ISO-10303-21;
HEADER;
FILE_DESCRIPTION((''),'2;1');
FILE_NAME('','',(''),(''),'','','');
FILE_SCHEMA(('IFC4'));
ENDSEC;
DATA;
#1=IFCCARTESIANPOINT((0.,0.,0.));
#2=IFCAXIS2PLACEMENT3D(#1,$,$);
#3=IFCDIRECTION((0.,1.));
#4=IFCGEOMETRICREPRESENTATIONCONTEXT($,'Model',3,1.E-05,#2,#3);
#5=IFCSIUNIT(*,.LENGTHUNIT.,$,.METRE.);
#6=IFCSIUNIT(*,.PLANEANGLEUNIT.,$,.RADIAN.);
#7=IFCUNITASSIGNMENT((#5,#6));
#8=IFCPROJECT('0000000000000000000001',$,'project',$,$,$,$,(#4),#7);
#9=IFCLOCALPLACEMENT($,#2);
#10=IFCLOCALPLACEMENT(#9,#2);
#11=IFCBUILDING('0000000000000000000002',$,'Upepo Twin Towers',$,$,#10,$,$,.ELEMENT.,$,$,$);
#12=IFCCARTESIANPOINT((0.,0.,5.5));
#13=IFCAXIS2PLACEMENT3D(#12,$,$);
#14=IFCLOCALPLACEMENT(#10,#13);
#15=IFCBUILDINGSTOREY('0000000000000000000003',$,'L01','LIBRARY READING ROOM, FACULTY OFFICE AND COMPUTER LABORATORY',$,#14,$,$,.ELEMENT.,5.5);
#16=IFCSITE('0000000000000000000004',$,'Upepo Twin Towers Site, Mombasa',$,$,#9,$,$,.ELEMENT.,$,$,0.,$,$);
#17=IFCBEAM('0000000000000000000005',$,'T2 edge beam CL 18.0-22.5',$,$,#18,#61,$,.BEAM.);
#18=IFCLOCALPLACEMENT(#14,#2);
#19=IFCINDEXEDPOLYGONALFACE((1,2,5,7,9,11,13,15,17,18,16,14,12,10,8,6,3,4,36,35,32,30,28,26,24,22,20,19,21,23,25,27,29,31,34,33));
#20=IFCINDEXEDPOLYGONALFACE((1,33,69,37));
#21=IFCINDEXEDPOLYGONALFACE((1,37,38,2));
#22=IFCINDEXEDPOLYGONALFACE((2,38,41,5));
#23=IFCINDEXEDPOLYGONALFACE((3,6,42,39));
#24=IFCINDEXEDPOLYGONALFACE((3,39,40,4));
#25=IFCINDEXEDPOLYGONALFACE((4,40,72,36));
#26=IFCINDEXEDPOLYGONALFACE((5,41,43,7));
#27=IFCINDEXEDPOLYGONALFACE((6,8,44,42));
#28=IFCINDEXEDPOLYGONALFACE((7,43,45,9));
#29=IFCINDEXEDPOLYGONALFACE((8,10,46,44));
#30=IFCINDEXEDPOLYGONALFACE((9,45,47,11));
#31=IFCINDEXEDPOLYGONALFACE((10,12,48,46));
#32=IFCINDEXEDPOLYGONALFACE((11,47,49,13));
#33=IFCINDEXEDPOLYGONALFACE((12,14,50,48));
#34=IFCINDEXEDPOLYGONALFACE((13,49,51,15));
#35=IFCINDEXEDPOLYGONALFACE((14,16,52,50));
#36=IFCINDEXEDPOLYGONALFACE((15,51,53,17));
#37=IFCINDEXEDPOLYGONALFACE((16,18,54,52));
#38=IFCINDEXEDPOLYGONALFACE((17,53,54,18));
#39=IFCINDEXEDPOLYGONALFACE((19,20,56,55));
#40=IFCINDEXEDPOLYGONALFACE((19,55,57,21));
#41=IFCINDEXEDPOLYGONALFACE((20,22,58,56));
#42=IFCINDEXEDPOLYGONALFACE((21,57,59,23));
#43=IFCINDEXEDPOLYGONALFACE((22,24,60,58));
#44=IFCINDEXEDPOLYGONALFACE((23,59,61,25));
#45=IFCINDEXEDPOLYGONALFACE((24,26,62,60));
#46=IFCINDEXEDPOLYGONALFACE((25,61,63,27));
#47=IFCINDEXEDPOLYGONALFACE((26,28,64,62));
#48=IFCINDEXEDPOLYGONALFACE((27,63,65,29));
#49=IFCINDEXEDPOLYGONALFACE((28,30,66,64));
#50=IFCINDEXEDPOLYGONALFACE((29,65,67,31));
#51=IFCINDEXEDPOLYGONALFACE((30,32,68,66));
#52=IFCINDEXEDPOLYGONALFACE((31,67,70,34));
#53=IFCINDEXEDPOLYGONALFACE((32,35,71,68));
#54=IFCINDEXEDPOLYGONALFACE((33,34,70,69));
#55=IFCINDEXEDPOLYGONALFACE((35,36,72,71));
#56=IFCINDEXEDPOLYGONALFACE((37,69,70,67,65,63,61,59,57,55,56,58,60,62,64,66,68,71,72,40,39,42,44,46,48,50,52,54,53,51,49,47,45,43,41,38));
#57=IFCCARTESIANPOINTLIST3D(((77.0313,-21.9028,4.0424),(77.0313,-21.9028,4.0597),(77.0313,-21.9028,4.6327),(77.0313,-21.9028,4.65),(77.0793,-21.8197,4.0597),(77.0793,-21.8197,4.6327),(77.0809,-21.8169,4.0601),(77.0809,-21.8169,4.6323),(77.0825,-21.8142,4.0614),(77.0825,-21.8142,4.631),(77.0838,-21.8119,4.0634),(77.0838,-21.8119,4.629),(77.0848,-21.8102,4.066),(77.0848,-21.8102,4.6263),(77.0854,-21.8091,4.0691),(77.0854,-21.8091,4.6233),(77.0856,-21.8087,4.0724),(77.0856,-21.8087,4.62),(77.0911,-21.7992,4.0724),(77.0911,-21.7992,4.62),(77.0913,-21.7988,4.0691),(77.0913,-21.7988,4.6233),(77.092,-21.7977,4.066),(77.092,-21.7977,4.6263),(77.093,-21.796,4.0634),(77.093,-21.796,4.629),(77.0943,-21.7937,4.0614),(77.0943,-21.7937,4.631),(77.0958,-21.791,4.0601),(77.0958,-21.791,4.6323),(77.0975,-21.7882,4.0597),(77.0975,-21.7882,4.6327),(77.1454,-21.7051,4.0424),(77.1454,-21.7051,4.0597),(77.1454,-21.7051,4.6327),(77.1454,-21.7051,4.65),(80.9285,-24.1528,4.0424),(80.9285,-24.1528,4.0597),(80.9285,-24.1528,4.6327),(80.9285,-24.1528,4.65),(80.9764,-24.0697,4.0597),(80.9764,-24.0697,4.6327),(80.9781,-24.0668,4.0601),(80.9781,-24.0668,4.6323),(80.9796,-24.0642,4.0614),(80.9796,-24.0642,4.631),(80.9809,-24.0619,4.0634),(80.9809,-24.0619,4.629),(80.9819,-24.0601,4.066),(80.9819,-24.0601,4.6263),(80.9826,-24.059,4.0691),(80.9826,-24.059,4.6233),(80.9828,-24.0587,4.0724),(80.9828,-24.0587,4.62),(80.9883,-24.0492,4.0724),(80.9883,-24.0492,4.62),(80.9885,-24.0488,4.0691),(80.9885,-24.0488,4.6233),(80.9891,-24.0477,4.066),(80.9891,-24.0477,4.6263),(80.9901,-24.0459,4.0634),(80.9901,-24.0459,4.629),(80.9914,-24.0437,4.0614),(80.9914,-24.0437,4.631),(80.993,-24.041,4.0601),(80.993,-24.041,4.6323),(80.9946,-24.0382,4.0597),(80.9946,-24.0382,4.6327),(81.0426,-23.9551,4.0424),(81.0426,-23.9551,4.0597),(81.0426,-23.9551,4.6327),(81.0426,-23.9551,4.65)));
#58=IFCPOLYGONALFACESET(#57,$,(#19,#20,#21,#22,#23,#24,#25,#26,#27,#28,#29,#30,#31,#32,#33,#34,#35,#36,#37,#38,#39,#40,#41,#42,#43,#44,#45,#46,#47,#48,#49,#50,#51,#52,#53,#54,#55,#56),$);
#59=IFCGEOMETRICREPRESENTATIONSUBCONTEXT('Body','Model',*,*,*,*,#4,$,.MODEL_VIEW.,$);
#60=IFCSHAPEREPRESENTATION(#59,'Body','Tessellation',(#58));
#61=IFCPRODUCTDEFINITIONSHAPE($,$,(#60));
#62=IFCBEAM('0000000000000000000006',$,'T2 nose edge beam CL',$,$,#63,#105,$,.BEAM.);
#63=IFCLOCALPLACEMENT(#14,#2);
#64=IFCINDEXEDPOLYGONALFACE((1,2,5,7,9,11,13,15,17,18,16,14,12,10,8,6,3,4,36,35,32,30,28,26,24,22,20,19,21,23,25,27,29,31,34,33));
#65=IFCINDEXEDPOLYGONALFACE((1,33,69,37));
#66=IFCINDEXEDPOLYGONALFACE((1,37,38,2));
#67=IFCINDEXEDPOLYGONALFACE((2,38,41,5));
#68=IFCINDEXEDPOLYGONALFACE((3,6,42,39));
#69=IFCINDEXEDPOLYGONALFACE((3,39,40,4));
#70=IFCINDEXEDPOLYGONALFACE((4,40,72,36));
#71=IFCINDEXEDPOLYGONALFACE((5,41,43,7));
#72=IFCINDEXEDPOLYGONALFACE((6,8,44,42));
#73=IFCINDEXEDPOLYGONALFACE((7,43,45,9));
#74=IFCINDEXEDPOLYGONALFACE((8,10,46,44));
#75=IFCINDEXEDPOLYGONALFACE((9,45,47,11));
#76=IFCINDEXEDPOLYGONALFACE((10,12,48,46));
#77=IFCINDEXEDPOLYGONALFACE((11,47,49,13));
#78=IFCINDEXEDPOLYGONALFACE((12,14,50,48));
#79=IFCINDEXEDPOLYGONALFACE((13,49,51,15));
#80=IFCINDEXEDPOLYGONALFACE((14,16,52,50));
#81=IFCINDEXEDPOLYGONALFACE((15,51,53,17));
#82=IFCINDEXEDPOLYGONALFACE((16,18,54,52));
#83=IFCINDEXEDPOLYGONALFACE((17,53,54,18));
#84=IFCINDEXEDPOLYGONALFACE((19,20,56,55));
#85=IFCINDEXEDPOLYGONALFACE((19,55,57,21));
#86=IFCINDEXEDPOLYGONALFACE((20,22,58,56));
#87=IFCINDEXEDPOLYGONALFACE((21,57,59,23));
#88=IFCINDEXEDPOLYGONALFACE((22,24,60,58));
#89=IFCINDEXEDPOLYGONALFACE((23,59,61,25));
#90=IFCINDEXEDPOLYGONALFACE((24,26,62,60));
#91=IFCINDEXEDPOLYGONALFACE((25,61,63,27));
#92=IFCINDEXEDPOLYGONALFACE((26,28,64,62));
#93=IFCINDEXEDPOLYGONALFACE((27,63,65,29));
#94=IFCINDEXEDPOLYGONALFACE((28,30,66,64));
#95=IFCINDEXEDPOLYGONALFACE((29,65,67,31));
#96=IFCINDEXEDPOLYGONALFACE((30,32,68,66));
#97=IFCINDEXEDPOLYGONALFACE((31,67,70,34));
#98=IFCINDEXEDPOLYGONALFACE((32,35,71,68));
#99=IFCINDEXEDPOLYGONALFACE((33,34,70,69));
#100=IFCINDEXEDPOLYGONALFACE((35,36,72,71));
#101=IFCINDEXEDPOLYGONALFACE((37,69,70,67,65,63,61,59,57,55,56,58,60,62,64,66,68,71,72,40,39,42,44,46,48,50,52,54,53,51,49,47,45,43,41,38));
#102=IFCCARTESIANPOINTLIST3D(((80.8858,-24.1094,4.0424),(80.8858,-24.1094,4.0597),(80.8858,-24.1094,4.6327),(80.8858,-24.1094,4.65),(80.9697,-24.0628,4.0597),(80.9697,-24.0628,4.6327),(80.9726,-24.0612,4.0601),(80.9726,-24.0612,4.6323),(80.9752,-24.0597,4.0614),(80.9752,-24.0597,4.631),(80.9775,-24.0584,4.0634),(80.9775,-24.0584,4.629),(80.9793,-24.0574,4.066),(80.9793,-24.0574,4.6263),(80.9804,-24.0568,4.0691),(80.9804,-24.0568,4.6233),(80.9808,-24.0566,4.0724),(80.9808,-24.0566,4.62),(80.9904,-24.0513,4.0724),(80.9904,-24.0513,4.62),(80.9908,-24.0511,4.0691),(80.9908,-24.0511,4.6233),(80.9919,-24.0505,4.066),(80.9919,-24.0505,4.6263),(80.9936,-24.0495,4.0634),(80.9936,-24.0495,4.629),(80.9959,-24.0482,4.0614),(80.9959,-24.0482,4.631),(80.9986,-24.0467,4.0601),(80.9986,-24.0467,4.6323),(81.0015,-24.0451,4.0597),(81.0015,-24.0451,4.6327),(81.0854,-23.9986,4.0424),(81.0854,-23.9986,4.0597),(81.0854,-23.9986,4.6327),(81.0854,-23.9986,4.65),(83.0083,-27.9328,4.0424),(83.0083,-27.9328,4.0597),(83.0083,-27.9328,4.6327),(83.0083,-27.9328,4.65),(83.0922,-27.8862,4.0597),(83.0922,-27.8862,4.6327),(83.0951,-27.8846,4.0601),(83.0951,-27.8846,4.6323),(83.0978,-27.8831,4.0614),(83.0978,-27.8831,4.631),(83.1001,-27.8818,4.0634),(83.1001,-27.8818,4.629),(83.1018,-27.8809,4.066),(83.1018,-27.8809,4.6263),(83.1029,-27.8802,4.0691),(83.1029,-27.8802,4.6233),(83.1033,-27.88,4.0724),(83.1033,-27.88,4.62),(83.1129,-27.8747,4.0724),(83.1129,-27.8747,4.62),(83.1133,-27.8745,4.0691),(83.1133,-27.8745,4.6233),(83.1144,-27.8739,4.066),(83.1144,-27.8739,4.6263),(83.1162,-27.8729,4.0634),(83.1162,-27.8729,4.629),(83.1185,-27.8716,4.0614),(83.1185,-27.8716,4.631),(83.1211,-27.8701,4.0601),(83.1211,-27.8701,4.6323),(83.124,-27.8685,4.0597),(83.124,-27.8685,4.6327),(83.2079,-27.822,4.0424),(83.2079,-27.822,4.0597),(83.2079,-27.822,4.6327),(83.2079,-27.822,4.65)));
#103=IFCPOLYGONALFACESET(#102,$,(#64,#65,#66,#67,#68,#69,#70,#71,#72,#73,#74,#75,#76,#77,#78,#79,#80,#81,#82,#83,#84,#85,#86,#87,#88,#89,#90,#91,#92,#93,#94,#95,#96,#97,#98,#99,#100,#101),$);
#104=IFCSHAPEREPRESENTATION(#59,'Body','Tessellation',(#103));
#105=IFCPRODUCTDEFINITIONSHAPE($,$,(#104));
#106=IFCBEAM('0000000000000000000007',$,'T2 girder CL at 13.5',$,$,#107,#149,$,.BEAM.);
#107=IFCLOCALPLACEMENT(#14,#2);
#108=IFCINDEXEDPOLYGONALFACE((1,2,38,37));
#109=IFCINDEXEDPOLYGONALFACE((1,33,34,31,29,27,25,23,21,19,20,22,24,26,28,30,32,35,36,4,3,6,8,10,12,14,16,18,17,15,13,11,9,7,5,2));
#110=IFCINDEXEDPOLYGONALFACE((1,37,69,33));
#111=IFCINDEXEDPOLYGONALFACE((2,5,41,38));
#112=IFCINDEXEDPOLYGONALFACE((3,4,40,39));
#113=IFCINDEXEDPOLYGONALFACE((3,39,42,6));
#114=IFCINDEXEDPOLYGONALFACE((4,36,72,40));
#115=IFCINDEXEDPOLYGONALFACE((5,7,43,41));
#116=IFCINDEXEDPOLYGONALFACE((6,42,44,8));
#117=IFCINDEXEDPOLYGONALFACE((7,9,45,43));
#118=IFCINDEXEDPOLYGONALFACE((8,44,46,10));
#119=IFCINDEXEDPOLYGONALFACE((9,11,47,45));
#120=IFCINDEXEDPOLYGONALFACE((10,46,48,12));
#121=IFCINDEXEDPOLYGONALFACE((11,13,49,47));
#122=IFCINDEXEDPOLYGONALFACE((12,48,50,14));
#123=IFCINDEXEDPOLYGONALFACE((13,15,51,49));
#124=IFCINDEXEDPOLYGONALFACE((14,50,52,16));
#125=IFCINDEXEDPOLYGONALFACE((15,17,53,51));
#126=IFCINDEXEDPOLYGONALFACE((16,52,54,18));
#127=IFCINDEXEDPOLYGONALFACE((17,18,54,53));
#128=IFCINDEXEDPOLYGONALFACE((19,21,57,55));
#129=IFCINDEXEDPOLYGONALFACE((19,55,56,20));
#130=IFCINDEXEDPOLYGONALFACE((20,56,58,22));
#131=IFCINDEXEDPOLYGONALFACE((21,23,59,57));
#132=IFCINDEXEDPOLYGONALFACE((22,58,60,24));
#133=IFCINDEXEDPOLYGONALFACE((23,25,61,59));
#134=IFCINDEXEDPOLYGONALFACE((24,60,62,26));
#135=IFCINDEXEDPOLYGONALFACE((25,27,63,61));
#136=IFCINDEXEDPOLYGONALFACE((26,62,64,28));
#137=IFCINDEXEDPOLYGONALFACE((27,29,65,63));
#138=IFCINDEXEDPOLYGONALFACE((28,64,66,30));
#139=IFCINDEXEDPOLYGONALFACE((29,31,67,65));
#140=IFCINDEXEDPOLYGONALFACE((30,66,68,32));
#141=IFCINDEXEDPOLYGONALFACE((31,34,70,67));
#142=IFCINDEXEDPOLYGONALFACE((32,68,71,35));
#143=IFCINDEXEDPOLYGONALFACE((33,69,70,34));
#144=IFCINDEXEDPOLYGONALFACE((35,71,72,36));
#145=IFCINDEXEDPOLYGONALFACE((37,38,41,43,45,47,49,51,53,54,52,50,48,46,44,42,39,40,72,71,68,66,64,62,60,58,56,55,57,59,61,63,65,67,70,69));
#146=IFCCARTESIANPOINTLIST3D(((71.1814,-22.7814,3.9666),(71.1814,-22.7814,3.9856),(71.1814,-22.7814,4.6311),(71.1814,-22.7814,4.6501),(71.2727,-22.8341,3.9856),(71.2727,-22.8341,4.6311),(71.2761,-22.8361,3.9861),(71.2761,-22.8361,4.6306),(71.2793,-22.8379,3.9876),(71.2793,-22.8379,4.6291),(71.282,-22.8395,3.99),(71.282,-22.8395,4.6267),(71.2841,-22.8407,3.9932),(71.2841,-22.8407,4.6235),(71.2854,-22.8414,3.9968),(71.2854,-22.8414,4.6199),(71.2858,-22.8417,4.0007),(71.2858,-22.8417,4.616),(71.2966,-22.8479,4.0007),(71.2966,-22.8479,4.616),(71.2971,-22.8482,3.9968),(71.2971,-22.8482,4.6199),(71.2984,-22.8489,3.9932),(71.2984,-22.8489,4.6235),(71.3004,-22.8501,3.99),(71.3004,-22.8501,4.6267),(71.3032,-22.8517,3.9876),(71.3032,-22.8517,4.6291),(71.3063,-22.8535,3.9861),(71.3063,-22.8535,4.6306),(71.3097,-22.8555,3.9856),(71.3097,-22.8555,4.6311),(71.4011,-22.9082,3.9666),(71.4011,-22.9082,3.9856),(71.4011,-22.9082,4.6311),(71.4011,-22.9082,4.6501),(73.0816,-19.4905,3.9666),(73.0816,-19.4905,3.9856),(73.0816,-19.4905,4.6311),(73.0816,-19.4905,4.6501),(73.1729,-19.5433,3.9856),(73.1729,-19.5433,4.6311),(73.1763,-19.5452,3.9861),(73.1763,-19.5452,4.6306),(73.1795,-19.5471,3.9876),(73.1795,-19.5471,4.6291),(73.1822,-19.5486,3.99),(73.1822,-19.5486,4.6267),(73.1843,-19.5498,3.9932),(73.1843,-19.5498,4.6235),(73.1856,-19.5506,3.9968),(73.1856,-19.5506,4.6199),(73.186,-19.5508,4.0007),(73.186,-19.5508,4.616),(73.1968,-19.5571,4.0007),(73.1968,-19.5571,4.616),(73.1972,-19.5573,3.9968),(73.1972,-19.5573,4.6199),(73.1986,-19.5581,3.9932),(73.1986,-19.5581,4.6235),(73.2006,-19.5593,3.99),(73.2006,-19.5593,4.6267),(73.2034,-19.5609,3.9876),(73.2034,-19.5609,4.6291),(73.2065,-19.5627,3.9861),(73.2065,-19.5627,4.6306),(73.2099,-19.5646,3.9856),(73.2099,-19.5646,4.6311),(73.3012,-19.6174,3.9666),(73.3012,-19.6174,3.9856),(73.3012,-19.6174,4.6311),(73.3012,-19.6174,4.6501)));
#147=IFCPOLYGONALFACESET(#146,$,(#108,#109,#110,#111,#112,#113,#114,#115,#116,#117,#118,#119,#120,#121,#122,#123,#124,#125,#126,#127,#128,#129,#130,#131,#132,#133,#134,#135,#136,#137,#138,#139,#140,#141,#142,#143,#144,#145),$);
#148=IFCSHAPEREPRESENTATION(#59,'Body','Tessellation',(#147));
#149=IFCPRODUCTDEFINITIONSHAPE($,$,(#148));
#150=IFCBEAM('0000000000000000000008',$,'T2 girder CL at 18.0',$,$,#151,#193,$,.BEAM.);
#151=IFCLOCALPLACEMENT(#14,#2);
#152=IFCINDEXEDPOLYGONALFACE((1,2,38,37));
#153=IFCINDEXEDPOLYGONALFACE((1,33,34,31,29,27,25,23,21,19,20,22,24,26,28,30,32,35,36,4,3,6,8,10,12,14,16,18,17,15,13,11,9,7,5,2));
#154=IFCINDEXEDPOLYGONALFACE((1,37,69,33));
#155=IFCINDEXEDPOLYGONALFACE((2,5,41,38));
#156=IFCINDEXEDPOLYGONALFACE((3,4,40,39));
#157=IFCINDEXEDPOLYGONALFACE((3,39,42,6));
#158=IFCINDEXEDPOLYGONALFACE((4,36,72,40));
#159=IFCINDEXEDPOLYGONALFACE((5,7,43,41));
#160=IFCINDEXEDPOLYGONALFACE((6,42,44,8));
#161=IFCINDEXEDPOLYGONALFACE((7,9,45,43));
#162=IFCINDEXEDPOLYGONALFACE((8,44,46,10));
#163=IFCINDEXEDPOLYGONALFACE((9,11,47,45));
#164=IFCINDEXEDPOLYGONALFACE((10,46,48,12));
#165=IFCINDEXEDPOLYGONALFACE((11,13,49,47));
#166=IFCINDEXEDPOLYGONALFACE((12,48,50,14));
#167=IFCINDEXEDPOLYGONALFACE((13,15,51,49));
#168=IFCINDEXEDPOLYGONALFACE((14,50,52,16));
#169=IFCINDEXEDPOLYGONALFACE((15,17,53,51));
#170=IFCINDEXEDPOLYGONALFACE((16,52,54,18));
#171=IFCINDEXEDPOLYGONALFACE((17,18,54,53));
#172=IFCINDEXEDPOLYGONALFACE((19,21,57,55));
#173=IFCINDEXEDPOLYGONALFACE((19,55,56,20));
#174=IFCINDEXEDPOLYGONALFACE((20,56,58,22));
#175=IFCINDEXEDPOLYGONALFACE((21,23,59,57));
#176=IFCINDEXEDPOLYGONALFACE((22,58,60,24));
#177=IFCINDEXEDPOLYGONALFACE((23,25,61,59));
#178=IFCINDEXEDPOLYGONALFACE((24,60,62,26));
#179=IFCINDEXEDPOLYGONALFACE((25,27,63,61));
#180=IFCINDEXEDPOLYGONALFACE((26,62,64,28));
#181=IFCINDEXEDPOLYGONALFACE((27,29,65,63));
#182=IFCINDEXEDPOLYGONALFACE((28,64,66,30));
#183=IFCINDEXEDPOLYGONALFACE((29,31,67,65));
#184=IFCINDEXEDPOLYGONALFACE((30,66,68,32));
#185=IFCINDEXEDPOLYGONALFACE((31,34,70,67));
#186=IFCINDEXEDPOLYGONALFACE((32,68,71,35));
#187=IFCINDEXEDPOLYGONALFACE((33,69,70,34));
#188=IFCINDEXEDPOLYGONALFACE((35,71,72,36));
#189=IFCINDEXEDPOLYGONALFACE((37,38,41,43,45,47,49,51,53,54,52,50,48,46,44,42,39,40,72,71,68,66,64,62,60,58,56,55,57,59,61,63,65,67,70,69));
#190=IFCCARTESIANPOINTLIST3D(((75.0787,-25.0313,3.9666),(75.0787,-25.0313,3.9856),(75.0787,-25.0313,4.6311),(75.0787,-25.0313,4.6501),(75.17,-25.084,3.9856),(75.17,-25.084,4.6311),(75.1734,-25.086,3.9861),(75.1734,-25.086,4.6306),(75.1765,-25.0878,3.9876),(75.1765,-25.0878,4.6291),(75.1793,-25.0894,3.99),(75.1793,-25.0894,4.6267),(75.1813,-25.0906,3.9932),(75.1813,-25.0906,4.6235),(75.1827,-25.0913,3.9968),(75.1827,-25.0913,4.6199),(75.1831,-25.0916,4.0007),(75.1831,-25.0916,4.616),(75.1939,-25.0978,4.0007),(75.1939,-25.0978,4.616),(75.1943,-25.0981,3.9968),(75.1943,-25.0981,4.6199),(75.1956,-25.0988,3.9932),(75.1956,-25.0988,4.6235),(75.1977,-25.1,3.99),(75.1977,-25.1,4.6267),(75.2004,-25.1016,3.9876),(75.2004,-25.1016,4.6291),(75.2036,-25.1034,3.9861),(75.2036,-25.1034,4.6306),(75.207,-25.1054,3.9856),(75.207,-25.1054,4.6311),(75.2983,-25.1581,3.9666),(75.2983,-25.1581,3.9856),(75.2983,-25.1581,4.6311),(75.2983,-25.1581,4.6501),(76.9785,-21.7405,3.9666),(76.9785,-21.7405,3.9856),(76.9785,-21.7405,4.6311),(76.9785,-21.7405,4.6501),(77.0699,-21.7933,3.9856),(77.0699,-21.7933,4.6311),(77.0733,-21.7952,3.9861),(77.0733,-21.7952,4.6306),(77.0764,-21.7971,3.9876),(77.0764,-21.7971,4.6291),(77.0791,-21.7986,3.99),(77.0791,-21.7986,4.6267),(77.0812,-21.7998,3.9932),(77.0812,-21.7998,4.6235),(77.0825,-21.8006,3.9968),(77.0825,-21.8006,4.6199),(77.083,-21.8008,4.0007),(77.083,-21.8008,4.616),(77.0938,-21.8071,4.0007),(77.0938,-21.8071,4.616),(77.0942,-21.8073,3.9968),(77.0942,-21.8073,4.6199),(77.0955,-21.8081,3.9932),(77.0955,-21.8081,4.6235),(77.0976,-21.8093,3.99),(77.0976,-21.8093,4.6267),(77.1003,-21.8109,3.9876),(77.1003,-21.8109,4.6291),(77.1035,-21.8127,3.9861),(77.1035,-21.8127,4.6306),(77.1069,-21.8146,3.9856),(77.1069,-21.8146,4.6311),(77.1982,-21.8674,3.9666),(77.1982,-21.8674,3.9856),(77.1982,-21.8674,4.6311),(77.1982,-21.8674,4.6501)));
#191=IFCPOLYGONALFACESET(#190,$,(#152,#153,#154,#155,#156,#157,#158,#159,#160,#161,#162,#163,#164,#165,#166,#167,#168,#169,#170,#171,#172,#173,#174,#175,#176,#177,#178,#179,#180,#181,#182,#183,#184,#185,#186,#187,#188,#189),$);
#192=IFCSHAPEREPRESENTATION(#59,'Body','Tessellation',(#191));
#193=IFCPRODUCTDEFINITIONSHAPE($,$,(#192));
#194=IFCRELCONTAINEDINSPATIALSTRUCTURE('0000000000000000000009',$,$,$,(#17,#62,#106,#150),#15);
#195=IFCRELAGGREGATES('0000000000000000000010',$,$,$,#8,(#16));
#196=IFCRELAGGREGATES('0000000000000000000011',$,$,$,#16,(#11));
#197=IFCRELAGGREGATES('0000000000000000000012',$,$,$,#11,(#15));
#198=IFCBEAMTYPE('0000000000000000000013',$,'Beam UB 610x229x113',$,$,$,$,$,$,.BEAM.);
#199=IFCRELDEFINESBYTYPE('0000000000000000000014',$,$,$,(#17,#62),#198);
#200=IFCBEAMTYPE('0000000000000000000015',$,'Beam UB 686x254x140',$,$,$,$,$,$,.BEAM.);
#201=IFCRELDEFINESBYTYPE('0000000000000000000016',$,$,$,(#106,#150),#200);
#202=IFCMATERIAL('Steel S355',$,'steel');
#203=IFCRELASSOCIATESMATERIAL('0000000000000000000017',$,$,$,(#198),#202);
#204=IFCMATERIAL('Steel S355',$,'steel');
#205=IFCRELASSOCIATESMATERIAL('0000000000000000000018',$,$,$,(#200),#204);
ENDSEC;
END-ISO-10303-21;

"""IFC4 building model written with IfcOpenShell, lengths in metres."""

from ifc_helpers import new_model, si_unit, direction, frame, origin, origin_2d, place, context, subcontext, project, spatial, i_section, extrude, material, material_profile, profile_set, type_object, element, save


model = new_model("IFC4")

# Units and contexts
model_context = context("Model", 3, precision=1e-05, world=origin(), true_north=direction((0.0, 1.0)))
body_context = subcontext(model_context, "Body", "Model", "MODEL_VIEW")
ifc_project = project(units=[si_unit("LENGTHUNIT", "METRE"), si_unit("PLANEANGLEUNIT", "RADIAN")], contexts=[model_context])

# Site, building, storey
site_placement = place(None, origin())
site = spatial("IfcSite", under=ifc_project, at=site_placement, Name="Upepo Twin Towers Site, Mombasa", CompositionType="ELEMENT", RefElevation=0.0)
building_placement = place(site_placement, origin())
building = spatial("IfcBuilding", under=site, at=building_placement, Name="Upepo Twin Towers", CompositionType="ELEMENT")
storey_placement = place(building_placement, frame((0.0, 0.0, 5.5)))
storey = spatial("IfcBuildingStorey", under=building, at=storey_placement, Name="L01", Description="LIBRARY READING ROOM, FACULTY OFFICE AND COMPUTER LABORATORY", CompositionType="ELEMENT", Elevation=5.5)

# Beams
ifc_material_1 = material(Name="Steel S355", Category="steel")
ifc_material_profile_1 = material_profile(ifc_material_1, i_section(OverallWidth=0.2283, OverallDepth=0.6077, WebThickness=0.011, FlangeThickness=0.0173, FilletRadius=0.0127, at=origin_2d()), Name="UB 610x229x113")
ifc_profile_set_1 = profile_set([ifc_material_profile_1], Name="Steel S355")
beam_type_1 = type_object("IfcBeamType", Name="Beam UB 610x229x113", PredefinedType="BEAM", material=ifc_profile_set_1)
beam_1_placement = place(storey_placement, frame((77.0884, -21.804, 4.3462), z_axis=(0.866031, -0.49999, 0.0), x_axis=(0.49999, 0.866031, 0.0)))
element("IfcBeam", 1, at=beam_1_placement, inside=storey, type_object=beam_type_1, Name="T2 edge beam CL 18.0-22.5", PredefinedType="BEAM", context=body_context, shape_type="SweptSolid", body=[
    extrude(i_section(OverallWidth=0.2283, OverallDepth=0.6077, WebThickness=0.011, FlangeThickness=0.0173, FilletRadius=0.0127, at=origin_2d()), origin(), (0.0, 0.0, 1.0), 4.5),
])
beam_2_placement = place(storey_placement, frame((80.9856, -24.054, 4.3462), z_axis=(0.485363, -0.874313, 0.0), x_axis=(0.874313, 0.485363, 0.0)))
element("IfcBeam", 2, at=beam_2_placement, inside=storey, type_object=beam_type_1, Name="T2 nose edge beam CL", PredefinedType="BEAM", context=body_context, shape_type="SweptSolid", body=[
    extrude(i_section(OverallWidth=0.2283, OverallDepth=0.6077, WebThickness=0.011, FlangeThickness=0.0173, FilletRadius=0.0127, at=origin_2d()), origin(), (0.0, 0.0, 1.0), 4.373),
])
ifc_material_2 = material(Name="Steel S355", Category="steel")
ifc_material_profile_2 = material_profile(ifc_material_2, i_section(OverallWidth=0.2537, OverallDepth=0.6836, WebThickness=0.0125, FlangeThickness=0.019, FilletRadius=0.0151, at=origin_2d()), Name="UB 686x254x140")
ifc_profile_set_2 = profile_set([ifc_material_profile_2], Name="Steel S355")
beam_type_2 = type_object("IfcBeamType", Name="Beam UB 686x254x140", PredefinedType="BEAM", material=ifc_profile_set_2)
beam_3_placement = place(storey_placement, frame((73.1914, -19.554, 4.3083), z_axis=(-0.500043, -0.866, 0.0), x_axis=(0.866, -0.500043, 0.0)))
element("IfcBeam", 3, at=beam_3_placement, inside=storey, type_object=beam_type_2, Name="T2 girder CL at 13.5", PredefinedType="BEAM", context=body_context, shape_type="SweptSolid", body=[
    extrude(i_section(OverallWidth=0.2537, OverallDepth=0.6836, WebThickness=0.0125, FlangeThickness=0.019, FilletRadius=0.0151, at=origin_2d()), origin(), (0.0, 0.0, 1.0), 3.8),
])
for number, where, z_axis, x_axis, name in (
    (4, (77.0884, -21.804, 4.3083), (-0.499995, -0.866028, 0.0), (0.866028, -0.499995, 0.0), "T2 girder CL at 18.0"),
):
    element("IfcBeam", number, at=place(storey_placement, frame(where, z_axis=z_axis, x_axis=x_axis)), inside=storey, type_object=beam_type_2, Name=name, PredefinedType="BEAM", context=body_context, shape_type="SweptSolid", body=[
        extrude(i_section(OverallWidth=0.2537, OverallDepth=0.6836, WebThickness=0.0125, FlangeThickness=0.019, FilletRadius=0.0151, at=origin_2d()), origin(), (0.0, 0.0, 1.0), 3.7998),
    ])

save(model, "model.ifc")
